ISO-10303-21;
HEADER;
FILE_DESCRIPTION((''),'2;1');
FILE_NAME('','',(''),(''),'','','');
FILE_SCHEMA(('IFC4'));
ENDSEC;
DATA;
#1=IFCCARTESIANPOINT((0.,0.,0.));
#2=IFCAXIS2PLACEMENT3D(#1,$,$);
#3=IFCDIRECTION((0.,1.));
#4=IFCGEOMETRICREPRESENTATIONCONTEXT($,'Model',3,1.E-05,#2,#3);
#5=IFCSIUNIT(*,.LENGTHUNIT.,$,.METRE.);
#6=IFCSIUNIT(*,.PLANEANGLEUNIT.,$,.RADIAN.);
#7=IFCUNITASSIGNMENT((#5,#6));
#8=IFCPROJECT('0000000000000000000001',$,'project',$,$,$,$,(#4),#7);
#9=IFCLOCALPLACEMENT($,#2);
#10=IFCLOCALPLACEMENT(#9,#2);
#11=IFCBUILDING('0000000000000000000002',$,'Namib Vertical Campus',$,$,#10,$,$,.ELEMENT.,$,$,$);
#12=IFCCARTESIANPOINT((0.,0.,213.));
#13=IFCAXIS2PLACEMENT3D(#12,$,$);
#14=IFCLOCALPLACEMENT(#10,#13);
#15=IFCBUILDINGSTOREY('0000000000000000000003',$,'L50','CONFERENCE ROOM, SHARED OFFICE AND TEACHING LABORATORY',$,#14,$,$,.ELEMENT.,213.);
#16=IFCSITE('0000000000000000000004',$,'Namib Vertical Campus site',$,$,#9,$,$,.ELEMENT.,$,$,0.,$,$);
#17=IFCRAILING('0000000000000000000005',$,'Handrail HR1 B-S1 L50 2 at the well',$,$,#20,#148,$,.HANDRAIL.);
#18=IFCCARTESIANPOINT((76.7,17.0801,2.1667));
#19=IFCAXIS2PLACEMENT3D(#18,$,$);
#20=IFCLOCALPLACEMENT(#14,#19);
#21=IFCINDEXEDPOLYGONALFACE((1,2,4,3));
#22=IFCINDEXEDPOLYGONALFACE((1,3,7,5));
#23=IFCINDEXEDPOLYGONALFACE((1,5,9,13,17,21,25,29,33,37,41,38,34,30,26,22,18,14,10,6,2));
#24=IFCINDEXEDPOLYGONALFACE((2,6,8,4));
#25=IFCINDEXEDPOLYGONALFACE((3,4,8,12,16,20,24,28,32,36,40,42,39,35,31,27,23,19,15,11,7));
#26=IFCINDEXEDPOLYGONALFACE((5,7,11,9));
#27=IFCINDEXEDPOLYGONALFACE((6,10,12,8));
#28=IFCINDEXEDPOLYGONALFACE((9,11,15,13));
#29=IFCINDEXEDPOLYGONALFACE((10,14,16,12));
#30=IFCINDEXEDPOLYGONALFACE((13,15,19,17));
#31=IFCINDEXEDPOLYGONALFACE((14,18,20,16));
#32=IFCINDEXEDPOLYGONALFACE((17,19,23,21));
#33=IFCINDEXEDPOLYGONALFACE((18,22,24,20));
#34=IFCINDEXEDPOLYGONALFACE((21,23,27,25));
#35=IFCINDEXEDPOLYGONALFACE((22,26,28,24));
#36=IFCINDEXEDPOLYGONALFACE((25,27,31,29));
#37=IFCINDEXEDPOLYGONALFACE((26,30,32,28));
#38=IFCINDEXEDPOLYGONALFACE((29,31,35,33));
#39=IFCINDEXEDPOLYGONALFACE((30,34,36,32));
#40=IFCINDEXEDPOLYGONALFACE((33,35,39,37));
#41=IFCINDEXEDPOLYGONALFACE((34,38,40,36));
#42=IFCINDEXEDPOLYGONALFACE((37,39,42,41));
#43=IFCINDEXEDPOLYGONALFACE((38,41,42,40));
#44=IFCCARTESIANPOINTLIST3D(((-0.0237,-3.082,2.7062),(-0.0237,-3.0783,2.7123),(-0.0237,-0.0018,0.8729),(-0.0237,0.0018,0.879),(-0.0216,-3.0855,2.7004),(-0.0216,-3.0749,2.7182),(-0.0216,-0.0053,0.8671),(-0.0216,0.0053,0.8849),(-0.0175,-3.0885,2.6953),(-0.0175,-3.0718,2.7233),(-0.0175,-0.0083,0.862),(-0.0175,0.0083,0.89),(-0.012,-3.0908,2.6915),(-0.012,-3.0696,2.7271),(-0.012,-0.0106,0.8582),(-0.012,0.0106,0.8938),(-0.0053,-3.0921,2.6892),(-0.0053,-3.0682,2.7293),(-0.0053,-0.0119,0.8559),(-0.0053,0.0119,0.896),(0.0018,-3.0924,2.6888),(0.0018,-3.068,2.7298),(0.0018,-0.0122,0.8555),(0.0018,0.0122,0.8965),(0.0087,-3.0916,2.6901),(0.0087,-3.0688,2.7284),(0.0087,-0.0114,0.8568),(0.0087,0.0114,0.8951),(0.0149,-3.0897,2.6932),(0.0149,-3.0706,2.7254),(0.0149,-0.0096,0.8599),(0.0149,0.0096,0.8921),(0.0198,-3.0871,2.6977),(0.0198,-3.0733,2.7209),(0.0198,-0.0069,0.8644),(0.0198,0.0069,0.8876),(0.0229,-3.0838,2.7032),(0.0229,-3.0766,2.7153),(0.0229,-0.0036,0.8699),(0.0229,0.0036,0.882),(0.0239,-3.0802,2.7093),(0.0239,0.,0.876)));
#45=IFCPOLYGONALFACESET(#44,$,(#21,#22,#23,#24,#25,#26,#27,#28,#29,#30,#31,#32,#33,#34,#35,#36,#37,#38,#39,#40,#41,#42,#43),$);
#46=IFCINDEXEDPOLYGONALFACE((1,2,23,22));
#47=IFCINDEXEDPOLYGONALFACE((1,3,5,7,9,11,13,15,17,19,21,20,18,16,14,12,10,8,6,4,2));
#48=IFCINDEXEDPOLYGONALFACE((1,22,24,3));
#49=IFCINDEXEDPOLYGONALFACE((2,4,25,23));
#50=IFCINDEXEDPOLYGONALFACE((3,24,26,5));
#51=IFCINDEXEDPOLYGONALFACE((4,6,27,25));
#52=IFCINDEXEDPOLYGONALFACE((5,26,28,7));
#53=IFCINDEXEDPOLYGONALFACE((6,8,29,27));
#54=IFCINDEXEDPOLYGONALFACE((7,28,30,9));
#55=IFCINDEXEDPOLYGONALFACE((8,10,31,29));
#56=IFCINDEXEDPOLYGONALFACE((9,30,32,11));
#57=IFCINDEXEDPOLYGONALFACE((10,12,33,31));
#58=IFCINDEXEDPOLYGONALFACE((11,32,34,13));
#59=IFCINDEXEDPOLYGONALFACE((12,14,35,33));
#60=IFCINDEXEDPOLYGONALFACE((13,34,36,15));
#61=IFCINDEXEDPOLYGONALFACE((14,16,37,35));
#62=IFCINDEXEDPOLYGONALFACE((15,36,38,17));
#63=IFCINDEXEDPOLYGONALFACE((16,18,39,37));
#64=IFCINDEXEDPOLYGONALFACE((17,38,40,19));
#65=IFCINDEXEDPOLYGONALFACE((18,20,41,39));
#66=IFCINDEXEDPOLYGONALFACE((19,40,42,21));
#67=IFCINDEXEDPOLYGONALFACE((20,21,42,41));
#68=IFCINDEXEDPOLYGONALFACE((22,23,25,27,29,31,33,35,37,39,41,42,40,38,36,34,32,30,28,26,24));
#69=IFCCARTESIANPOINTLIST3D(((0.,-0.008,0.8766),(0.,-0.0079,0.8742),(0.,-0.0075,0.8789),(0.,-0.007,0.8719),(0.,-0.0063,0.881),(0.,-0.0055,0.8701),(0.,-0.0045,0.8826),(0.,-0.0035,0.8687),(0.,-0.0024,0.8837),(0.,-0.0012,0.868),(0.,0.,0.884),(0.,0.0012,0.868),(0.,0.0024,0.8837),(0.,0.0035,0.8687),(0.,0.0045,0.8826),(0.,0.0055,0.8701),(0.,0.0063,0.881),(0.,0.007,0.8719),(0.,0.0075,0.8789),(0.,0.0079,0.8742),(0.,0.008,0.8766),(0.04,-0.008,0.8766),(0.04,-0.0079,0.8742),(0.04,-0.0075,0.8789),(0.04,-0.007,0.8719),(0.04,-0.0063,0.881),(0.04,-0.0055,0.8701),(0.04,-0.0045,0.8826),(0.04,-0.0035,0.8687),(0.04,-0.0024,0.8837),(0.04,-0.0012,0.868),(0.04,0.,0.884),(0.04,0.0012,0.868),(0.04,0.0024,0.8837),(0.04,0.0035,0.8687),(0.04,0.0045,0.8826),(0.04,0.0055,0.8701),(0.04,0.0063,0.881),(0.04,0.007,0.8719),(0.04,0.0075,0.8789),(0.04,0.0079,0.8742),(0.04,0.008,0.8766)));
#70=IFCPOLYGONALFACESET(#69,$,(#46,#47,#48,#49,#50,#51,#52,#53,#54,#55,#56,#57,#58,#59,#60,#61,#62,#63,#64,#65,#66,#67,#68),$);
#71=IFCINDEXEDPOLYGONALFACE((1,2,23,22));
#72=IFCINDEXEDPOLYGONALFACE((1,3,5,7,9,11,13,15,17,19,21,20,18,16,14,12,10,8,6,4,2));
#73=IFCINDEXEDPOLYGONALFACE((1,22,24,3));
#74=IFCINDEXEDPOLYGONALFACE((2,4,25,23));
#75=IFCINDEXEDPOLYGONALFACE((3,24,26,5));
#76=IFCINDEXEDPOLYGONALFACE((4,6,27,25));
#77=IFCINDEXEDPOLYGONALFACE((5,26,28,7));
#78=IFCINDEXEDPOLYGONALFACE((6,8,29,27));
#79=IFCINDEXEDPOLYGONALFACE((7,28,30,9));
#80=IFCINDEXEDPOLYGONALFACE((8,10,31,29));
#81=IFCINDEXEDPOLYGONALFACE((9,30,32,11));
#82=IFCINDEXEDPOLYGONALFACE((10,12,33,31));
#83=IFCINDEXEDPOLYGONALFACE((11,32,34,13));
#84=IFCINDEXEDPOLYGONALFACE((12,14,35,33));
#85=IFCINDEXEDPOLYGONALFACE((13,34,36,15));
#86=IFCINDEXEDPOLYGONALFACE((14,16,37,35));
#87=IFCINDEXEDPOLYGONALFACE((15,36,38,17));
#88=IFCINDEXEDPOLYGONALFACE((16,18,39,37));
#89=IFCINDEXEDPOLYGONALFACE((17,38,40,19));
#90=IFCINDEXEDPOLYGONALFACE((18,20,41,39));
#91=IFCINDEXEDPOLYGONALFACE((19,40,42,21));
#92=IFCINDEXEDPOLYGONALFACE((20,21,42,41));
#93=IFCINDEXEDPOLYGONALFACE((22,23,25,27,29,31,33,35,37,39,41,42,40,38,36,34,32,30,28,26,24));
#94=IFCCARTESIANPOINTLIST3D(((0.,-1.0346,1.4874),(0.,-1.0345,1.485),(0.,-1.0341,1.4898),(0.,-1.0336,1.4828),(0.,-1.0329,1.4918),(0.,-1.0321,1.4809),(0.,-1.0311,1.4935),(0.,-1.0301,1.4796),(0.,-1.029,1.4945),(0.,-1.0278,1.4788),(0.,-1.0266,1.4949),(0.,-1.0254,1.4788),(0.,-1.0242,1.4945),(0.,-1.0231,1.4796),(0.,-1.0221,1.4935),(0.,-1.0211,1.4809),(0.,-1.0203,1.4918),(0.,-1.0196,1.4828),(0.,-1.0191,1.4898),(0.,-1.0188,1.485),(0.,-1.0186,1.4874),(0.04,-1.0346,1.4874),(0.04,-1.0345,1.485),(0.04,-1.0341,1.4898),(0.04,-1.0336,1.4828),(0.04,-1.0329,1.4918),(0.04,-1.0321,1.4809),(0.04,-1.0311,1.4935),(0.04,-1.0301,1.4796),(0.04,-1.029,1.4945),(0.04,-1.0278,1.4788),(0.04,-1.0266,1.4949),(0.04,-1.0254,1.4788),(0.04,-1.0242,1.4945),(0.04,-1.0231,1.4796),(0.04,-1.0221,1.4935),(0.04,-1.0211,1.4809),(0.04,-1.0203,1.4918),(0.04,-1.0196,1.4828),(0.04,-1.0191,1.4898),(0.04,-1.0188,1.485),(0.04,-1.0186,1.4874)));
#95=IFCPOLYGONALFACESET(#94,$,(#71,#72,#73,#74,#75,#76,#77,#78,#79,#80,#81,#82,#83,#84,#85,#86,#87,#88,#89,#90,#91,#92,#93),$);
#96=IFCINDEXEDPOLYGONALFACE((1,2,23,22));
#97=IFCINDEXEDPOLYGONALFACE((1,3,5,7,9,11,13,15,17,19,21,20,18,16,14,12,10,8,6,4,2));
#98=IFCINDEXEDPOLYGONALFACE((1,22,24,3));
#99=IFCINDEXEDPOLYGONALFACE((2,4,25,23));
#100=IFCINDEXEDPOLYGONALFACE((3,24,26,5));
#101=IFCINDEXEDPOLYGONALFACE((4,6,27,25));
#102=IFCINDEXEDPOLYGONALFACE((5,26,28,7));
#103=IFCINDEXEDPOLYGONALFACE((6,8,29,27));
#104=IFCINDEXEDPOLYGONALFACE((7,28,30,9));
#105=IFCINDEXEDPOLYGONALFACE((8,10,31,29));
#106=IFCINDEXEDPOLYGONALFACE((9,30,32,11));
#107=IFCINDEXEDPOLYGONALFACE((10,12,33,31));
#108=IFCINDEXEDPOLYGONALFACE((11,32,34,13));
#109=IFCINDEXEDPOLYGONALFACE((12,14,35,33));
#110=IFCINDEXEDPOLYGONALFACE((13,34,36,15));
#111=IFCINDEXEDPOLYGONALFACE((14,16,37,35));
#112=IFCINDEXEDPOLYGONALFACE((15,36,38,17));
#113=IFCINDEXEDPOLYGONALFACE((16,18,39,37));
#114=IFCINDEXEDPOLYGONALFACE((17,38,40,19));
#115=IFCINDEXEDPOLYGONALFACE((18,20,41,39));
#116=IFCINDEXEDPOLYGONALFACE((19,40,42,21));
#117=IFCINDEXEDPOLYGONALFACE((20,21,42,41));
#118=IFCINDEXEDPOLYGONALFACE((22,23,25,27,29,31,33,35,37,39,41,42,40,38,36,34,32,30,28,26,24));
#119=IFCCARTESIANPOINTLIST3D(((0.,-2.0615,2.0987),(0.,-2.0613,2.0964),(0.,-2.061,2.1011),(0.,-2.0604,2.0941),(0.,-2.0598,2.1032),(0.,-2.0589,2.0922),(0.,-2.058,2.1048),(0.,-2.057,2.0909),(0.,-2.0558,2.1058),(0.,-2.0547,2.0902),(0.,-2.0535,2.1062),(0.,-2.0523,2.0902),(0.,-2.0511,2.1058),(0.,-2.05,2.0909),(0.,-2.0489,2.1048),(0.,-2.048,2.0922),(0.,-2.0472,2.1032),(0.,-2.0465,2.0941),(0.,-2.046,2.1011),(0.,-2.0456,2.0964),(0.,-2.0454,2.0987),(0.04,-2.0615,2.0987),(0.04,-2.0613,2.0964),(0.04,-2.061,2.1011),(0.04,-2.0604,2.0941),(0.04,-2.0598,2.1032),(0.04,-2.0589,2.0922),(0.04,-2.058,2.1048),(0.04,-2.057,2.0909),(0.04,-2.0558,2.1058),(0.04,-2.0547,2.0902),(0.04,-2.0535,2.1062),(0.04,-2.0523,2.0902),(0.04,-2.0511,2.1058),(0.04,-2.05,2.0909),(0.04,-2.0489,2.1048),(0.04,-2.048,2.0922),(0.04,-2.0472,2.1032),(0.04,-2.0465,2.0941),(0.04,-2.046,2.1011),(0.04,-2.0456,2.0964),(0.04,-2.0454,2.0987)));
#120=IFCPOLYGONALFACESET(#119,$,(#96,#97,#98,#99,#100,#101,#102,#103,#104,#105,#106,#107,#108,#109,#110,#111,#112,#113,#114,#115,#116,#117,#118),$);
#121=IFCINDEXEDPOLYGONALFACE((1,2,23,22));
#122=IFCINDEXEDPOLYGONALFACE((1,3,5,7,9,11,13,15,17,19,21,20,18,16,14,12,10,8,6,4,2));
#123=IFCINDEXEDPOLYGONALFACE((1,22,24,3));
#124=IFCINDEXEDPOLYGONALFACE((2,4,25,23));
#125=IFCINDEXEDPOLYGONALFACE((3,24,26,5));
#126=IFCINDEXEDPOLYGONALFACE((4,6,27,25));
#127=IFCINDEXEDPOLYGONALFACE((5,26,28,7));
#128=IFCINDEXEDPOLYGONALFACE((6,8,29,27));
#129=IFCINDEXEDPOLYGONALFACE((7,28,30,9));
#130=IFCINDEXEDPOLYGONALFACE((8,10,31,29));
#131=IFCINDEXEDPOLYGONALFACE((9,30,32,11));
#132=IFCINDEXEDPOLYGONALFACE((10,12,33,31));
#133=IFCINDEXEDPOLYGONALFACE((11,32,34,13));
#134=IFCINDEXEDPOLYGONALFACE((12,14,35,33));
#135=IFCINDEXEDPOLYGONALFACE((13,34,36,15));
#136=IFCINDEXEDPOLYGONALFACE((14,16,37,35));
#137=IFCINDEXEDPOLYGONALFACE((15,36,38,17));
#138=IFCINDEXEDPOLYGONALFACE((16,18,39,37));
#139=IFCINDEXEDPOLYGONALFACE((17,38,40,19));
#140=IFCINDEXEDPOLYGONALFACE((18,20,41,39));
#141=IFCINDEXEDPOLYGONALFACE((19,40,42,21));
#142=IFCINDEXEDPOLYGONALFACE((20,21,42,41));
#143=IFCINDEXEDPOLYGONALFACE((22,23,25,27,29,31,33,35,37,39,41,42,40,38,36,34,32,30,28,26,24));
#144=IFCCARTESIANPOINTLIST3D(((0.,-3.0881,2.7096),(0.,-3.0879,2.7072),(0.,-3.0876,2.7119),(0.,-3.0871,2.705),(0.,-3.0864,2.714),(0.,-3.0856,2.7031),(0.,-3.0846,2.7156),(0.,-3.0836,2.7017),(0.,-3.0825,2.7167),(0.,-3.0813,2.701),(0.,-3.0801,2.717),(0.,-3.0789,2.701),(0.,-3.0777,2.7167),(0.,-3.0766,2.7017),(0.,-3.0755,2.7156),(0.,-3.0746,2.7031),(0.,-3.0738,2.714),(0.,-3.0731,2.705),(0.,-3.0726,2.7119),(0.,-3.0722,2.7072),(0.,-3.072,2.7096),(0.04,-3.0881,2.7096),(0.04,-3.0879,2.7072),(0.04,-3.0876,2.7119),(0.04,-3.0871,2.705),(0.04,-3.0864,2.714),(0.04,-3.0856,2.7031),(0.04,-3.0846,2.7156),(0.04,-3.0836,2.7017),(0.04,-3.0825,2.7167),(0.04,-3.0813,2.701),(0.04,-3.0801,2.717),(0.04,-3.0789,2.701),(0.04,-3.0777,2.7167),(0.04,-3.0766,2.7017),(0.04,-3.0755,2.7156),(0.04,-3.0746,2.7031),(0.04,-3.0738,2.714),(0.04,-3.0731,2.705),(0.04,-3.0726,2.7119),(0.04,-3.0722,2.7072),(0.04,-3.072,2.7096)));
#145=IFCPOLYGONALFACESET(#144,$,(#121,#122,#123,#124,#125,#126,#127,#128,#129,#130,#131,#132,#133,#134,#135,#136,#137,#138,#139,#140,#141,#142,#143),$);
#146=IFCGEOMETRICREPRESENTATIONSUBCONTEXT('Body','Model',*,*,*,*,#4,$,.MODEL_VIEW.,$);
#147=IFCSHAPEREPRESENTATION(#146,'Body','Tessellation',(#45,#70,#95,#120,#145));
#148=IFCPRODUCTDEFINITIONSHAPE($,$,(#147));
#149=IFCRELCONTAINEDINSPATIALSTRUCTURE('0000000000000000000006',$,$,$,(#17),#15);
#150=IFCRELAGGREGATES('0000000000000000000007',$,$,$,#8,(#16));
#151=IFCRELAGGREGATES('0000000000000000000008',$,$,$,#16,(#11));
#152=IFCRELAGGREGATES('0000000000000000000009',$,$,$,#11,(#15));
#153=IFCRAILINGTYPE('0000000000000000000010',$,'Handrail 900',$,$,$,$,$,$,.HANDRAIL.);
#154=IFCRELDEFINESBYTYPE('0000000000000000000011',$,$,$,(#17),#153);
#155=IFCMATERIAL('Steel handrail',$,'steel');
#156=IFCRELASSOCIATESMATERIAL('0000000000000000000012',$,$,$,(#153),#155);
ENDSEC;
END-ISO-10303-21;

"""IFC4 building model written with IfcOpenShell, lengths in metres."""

from ifc_helpers import new_model, si_unit, direction, frame, origin, origin_2d, place, context, subcontext, project, spatial, circle, extrude, material, type_object, element, save


model = new_model("IFC4")

# Units and contexts
model_context = context("Model", 3, precision=1e-05, world=origin(), true_north=direction((0.0, 1.0)))
body_context = subcontext(model_context, "Body", "Model", "MODEL_VIEW")
ifc_project = project(units=[si_unit("LENGTHUNIT", "METRE"), si_unit("PLANEANGLEUNIT", "RADIAN")], contexts=[model_context])

# Site, building, storey
site_placement = place(None, origin())
site = spatial("IfcSite", under=ifc_project, at=site_placement, Name="Namib Vertical Campus site", CompositionType="ELEMENT", RefElevation=0.0)
building_placement = place(site_placement, origin())
building = spatial("IfcBuilding", under=site, at=building_placement, Name="Namib Vertical Campus", CompositionType="ELEMENT")
storey_placement = place(building_placement, frame((0.0, 0.0, 213.0)))
storey = spatial("IfcBuildingStorey", under=building, at=storey_placement, Name="L50", Description="CONFERENCE ROOM, SHARED OFFICE AND TEACHING LABORATORY", CompositionType="ELEMENT", Elevation=213.0)

# Railing
ifc_material_1 = material(Name="Steel handrail", Category="steel")
railing_type_1 = type_object("IfcRailingType", Name="Handrail 900", PredefinedType="HANDRAIL", material=ifc_material_1)
railing_1_placement = place(storey_placement, frame((76.7, 17.0801, 2.1667)))
element("IfcRailing", 1, at=railing_1_placement, inside=storey, type_object=railing_type_1, Name="Handrail HR1 B-S1 L50 2 at the well", PredefinedType="HANDRAIL", context=body_context, shape_type="SweptSolid", body=[
    extrude(circle(Radius=0.0239, at=origin_2d()), frame((0.0, 0.0, 0.876), z_axis=(0.0, -0.859309, 0.511458), x_axis=(1.0, 0.0, 0.0)), (0.0, 0.0, 1.0), 3.5845),
    extrude(circle(Radius=0.0081, at=origin_2d()), frame((0.0, 0.0, 0.876), z_axis=(1.0, 0.0, 0.0), x_axis=(0.0, 0.0, 1.0)), (0.0, 0.0, 1.0), 0.04),
    extrude(circle(Radius=0.0081, at=origin_2d()), frame((0.0, -1.0266, 1.4868), z_axis=(1.0, 0.0, 0.0), x_axis=(0.0, 0.0, 1.0)), (0.0, 0.0, 1.0), 0.04),
    extrude(circle(Radius=0.0081, at=origin_2d()), frame((0.0, -2.0535, 2.0981), z_axis=(1.0, 0.0, 0.0), x_axis=(0.0, 0.0, 1.0)), (0.0, 0.0, 1.0), 0.04),
    extrude(circle(Radius=0.0081, at=origin_2d()), frame((0.0, -3.0801, 2.709), z_axis=(1.0, 0.0, 0.0), x_axis=(0.0, 0.0, 1.0)), (0.0, 0.0, 1.0), 0.04),
])

save(model, "model.ifc")
